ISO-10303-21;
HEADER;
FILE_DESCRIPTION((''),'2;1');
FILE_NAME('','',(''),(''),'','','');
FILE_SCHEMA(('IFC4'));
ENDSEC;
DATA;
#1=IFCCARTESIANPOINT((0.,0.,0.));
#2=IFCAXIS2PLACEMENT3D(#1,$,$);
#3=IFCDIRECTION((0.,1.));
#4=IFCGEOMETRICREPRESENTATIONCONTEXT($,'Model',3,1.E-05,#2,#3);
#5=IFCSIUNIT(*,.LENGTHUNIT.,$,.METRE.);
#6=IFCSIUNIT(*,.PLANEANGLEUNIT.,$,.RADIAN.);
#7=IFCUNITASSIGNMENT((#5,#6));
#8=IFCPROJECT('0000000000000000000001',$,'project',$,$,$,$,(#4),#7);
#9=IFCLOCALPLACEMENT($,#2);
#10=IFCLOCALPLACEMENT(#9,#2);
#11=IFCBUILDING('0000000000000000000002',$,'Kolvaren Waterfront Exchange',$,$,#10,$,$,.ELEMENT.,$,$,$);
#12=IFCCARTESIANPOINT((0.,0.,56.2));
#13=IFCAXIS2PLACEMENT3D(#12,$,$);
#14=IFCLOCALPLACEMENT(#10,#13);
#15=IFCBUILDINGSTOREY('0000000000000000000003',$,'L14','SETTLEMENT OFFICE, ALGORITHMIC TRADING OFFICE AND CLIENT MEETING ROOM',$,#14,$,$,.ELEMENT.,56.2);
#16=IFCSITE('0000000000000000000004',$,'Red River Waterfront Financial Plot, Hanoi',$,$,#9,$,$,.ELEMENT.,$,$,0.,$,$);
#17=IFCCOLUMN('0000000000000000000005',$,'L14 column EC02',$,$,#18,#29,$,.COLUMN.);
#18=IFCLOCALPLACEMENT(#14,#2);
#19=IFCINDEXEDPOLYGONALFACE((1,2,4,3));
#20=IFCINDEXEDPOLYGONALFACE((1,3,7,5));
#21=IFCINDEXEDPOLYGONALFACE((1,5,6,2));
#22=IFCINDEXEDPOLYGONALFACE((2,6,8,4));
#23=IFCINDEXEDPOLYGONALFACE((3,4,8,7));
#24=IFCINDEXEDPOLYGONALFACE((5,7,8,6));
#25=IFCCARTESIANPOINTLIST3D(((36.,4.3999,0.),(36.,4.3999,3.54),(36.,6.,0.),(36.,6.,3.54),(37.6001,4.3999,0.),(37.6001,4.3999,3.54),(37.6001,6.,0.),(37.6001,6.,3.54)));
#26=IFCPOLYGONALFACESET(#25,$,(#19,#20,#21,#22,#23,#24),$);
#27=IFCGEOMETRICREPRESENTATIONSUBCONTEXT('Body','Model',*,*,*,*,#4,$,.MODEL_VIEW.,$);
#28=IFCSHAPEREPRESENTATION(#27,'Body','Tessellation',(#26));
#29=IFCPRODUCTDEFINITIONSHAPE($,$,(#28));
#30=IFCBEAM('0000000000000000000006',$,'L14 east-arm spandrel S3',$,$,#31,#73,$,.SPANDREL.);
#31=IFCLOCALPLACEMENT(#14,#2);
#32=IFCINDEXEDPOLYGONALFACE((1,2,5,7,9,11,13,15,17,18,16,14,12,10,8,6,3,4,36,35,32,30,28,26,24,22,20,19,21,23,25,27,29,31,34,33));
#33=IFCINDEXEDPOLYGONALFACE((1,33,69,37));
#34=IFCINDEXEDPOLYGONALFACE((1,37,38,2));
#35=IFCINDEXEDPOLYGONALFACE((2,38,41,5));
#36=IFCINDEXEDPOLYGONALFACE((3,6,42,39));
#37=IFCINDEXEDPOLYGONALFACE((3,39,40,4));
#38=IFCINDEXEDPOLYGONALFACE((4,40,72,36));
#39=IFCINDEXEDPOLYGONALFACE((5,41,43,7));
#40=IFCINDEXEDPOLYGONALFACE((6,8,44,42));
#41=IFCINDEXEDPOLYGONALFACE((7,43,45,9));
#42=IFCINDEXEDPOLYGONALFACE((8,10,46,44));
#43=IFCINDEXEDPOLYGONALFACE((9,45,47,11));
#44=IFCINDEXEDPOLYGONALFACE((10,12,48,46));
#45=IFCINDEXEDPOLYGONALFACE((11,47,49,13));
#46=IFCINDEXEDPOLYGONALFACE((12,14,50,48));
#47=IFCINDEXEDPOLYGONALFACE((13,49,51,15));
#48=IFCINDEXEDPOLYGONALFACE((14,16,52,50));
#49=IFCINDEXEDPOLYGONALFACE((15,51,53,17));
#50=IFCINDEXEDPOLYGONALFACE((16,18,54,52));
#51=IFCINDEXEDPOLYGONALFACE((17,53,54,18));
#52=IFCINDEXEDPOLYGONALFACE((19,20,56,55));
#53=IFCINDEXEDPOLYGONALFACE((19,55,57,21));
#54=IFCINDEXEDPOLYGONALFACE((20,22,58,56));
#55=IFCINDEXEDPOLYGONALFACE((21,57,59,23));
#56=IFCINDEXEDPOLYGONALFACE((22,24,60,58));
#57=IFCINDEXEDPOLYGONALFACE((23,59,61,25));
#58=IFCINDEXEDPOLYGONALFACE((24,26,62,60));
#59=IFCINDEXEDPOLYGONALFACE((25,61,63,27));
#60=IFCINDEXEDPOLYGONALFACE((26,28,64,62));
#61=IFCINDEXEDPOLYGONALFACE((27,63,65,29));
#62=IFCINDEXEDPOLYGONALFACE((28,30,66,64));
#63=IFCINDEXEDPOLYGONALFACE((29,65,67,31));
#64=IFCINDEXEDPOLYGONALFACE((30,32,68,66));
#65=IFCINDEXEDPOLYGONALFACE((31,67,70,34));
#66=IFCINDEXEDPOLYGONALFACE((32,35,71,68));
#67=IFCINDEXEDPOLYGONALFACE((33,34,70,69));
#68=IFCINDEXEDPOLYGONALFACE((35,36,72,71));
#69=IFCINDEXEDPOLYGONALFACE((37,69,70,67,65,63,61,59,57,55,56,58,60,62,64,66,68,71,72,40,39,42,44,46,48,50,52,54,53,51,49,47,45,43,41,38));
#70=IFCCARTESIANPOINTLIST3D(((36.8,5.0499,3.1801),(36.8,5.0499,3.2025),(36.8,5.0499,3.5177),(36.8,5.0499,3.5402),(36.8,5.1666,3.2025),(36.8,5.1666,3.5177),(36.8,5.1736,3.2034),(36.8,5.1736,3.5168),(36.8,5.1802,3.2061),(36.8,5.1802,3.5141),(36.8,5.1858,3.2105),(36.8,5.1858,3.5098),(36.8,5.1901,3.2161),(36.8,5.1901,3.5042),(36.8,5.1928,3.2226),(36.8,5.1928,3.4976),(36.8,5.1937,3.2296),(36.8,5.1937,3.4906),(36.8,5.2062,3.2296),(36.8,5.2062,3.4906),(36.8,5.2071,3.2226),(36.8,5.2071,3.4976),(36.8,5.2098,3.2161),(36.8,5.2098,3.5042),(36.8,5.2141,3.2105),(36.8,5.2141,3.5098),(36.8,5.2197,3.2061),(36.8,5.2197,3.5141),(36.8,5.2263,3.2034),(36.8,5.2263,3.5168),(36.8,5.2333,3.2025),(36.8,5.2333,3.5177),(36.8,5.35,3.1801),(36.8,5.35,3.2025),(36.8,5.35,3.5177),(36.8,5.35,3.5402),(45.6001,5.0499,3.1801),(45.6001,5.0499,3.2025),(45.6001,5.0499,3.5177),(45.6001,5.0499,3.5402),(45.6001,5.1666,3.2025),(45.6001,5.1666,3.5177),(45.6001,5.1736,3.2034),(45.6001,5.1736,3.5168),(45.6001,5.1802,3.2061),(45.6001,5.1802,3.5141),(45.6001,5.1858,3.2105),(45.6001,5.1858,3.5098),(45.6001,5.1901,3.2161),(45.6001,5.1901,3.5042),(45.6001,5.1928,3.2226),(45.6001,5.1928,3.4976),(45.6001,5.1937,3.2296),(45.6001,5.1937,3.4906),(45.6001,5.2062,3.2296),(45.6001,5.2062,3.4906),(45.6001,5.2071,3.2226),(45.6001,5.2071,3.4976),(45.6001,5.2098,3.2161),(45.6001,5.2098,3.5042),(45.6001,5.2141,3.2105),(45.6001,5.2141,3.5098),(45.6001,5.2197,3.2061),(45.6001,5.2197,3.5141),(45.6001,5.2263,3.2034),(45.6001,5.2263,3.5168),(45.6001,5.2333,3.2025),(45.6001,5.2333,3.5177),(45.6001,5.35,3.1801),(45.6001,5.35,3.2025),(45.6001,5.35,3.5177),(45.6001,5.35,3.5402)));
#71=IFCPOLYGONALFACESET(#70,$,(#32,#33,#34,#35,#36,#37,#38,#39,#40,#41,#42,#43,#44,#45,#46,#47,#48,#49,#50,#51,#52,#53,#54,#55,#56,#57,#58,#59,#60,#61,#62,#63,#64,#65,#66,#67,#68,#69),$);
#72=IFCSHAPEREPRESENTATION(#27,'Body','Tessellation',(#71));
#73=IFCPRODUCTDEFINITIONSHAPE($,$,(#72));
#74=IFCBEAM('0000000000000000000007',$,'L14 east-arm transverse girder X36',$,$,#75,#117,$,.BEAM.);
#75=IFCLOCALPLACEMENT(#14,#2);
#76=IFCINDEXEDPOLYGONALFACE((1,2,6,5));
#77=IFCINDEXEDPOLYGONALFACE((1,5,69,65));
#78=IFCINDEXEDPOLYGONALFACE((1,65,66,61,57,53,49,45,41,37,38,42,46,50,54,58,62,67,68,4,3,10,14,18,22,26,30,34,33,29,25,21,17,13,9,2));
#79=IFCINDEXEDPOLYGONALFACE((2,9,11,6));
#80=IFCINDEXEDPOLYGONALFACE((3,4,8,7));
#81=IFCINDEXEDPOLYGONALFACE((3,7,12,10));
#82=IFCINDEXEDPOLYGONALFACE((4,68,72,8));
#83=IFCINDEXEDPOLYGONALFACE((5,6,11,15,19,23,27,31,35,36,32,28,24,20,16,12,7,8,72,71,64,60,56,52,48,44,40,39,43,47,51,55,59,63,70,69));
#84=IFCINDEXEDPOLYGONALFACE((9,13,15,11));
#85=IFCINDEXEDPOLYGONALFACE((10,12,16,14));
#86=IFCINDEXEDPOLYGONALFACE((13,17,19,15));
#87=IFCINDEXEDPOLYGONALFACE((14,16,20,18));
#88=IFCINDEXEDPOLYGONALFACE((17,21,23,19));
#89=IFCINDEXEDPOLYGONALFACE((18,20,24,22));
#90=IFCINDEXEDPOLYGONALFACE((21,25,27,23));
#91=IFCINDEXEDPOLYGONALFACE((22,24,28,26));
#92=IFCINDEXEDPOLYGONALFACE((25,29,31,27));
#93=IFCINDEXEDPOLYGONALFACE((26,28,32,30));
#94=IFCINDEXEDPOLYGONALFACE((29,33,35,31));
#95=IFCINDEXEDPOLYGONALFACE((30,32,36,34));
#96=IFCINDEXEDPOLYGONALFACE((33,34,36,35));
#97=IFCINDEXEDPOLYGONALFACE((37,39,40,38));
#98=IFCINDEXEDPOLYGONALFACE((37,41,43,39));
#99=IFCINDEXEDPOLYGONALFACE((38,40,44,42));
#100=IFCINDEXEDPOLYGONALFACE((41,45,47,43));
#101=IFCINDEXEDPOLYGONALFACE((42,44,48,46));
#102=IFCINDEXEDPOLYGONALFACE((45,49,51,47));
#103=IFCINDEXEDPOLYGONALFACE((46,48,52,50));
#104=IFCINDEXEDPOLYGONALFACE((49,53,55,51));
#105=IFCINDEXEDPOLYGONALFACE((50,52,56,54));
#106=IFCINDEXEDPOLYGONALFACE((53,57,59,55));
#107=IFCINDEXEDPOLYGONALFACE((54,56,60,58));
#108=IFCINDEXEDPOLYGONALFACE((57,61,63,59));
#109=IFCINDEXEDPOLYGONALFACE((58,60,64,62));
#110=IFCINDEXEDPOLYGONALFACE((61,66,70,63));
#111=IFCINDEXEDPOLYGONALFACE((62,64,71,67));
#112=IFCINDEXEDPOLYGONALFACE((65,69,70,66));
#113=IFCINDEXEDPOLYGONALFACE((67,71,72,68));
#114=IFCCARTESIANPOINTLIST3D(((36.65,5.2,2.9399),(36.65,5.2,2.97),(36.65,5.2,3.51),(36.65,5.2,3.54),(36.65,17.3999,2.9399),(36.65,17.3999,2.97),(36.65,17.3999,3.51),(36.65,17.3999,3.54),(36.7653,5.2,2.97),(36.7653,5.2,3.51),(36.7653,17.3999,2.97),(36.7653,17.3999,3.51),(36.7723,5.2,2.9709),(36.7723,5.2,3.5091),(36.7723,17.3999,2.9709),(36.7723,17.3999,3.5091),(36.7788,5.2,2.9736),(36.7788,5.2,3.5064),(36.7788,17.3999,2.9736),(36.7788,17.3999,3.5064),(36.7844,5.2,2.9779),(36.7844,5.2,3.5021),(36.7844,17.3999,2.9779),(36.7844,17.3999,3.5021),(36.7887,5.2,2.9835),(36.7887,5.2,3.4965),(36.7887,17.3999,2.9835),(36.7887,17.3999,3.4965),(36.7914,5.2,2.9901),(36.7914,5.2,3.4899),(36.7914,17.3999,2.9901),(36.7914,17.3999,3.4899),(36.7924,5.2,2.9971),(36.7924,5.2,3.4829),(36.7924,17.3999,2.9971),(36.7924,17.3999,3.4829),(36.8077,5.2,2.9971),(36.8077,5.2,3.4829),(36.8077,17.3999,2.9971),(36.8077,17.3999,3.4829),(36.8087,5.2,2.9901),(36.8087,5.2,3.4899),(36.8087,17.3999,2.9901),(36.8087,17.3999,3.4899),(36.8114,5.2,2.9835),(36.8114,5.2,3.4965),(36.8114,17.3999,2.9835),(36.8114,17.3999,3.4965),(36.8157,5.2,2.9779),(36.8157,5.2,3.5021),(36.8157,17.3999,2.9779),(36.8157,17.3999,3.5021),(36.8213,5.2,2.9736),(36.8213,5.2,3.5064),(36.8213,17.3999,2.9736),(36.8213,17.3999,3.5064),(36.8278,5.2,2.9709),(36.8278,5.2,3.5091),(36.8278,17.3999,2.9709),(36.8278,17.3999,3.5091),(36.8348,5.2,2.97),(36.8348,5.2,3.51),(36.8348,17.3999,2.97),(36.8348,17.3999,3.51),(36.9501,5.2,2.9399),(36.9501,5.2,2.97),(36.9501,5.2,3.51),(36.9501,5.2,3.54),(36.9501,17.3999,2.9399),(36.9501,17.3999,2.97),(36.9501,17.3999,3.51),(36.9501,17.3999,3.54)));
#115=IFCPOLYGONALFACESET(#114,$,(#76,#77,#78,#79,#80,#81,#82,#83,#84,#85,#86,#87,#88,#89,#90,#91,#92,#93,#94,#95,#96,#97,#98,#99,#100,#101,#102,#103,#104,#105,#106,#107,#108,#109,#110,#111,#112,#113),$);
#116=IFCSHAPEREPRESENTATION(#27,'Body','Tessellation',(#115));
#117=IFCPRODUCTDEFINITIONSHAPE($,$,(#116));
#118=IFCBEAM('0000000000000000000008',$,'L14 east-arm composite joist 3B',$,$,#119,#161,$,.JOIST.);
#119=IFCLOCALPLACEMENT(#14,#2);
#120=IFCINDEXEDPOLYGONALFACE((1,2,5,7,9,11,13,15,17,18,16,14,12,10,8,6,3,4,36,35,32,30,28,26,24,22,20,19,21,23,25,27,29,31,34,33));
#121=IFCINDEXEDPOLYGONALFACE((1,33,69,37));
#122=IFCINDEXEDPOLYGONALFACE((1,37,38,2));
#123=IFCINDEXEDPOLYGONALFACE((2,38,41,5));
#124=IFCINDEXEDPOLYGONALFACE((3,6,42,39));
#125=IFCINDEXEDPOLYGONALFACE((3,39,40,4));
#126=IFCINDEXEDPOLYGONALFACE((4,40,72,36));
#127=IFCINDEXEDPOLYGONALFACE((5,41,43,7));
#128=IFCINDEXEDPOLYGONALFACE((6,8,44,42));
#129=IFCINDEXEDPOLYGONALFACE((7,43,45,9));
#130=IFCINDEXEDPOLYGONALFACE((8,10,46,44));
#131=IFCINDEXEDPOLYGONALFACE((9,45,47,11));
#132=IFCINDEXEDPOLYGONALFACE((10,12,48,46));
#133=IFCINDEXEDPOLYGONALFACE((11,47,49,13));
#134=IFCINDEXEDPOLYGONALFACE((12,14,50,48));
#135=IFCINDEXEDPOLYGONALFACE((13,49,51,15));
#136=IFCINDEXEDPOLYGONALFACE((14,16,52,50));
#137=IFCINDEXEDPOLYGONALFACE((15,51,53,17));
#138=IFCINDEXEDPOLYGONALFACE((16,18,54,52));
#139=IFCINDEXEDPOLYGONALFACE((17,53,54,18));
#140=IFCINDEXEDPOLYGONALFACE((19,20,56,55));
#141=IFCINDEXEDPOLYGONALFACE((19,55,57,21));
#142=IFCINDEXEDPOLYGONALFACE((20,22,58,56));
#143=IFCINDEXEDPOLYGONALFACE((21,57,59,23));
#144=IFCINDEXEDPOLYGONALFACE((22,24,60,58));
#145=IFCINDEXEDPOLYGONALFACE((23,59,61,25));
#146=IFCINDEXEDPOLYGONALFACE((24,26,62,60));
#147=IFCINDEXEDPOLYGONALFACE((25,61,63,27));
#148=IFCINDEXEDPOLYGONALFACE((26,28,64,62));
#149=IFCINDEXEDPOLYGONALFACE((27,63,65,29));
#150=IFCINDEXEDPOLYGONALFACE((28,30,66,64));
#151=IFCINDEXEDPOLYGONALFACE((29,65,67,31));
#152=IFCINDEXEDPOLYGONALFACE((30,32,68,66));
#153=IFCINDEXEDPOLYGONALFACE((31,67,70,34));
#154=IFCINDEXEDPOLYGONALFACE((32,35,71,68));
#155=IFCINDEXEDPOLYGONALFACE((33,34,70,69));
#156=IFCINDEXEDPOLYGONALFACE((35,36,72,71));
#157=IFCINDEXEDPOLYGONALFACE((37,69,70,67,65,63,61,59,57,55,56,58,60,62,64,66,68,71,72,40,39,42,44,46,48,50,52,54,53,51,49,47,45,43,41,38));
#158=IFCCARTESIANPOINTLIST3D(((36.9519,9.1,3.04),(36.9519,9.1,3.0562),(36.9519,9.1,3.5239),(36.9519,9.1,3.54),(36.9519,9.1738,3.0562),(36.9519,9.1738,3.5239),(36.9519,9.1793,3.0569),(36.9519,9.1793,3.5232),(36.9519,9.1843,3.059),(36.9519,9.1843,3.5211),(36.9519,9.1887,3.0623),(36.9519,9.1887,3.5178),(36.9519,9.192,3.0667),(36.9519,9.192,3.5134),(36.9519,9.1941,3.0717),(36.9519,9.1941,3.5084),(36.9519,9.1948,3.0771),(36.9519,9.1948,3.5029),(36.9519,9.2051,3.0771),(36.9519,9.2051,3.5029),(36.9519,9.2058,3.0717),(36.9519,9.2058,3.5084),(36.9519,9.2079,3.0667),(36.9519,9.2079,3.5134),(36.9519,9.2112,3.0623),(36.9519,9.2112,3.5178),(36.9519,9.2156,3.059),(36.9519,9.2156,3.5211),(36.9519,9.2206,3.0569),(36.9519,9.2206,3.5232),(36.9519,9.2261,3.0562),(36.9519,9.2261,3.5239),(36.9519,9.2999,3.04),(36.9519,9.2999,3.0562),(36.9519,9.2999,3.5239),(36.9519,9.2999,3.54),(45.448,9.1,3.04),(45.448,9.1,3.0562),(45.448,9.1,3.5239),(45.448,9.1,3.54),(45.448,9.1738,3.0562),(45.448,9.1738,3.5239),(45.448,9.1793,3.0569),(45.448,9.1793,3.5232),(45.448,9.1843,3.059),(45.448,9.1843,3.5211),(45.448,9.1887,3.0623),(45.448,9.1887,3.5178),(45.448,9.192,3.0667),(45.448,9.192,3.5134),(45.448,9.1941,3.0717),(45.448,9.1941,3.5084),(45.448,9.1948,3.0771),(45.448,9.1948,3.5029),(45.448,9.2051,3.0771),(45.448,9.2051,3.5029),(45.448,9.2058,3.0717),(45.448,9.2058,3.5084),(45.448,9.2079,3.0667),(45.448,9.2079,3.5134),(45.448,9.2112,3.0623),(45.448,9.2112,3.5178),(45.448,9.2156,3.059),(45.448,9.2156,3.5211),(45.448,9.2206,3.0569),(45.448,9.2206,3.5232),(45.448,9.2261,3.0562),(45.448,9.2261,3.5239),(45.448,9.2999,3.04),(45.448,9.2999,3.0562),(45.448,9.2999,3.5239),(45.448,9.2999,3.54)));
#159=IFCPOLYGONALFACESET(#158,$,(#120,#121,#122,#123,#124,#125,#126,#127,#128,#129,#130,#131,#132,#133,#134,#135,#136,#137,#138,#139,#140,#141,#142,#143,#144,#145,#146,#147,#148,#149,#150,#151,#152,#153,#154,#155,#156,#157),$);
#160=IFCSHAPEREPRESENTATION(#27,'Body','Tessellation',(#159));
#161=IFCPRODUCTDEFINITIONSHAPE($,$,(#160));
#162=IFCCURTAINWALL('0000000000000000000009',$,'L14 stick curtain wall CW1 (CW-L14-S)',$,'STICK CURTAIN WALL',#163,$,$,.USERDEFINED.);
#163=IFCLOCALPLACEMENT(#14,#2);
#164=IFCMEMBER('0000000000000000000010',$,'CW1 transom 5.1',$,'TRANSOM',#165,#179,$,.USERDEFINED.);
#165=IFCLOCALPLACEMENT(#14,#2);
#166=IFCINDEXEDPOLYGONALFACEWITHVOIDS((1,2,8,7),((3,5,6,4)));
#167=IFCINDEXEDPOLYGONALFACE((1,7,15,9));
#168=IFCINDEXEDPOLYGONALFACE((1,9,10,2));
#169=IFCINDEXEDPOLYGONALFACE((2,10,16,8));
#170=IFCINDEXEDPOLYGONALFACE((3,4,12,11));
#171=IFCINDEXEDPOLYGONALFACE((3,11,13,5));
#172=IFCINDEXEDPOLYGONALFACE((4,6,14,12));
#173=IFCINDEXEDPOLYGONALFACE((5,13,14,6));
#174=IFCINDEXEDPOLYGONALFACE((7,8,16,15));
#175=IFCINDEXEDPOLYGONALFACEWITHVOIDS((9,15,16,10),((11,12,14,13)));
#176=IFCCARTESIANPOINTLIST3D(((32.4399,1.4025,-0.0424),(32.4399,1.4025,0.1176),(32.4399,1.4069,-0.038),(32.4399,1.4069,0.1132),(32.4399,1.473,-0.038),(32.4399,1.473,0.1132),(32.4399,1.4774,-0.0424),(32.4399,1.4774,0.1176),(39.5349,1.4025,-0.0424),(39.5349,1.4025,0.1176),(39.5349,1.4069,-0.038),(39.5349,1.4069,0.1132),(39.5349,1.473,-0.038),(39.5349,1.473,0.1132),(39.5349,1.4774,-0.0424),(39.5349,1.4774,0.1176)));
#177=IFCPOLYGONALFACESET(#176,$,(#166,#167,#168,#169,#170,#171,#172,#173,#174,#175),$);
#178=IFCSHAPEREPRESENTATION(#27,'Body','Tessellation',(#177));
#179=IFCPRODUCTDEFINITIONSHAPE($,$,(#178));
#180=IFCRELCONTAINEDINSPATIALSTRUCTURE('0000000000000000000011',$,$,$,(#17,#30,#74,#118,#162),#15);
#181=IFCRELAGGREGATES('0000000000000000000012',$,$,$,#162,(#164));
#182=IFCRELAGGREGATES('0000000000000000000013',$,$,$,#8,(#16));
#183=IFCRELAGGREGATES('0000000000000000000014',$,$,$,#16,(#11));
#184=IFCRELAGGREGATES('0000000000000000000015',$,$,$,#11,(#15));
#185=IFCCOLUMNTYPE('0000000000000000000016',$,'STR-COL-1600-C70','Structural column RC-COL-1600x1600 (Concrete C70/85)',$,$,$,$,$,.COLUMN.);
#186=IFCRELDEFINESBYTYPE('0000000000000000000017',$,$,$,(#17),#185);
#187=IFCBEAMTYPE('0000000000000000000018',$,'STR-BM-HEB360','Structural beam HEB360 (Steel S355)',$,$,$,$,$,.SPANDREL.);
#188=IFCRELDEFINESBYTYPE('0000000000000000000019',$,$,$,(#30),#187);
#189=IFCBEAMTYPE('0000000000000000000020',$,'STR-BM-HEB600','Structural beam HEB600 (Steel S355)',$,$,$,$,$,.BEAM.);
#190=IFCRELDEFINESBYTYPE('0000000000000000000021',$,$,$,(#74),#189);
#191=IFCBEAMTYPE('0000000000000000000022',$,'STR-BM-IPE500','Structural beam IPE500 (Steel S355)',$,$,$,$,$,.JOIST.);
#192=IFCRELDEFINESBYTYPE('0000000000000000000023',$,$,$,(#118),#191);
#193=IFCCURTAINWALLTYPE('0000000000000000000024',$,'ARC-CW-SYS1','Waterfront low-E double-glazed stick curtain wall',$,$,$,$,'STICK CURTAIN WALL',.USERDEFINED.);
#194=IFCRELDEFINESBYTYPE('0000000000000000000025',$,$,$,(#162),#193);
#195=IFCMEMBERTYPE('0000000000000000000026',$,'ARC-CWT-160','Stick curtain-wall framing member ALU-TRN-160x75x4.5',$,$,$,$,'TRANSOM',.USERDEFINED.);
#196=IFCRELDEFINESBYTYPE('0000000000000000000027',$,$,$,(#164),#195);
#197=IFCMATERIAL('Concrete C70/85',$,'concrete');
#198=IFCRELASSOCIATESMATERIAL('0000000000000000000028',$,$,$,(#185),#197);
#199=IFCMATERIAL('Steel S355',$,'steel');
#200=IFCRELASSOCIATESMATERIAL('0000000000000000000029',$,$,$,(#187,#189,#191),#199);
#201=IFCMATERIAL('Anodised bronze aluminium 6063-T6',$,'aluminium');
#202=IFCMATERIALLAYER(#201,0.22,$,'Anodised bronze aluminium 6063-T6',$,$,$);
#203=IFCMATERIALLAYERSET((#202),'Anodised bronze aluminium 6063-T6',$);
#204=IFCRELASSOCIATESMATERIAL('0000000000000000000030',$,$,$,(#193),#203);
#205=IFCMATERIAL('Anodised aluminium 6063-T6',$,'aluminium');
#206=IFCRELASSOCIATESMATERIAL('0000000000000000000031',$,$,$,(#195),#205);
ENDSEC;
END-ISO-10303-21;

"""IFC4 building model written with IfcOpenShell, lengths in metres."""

from ifc_helpers import new_model, si_unit, direction, frame, origin, origin_with_axes, origin_2d, place, context, subcontext, project, spatial, rectangle, hollow_rectangle, i_section, extrude, source, transform, mapped, material, layer, layer_set, material_profile, profile_set, type_object, element, aggregate, save


model = new_model("IFC4")

# Units and contexts
model_context = context("Model", 3, precision=1e-05, world=origin(), true_north=direction((0.0, 1.0)))
body_context = subcontext(model_context, "Body", "Model", "MODEL_VIEW")
ifc_project = project(units=[si_unit("LENGTHUNIT", "METRE"), si_unit("PLANEANGLEUNIT", "RADIAN")], contexts=[model_context])

# Site, building, storey
site_placement = place(None, origin())
site = spatial("IfcSite", under=ifc_project, at=site_placement, Name="Red River Waterfront Financial Plot, Hanoi", CompositionType="ELEMENT", RefElevation=0.0)
building_placement = place(site_placement, origin())
building = spatial("IfcBuilding", under=site, at=building_placement, Name="Kolvaren Waterfront Exchange", CompositionType="ELEMENT")
storey_placement = place(building_placement, frame((0.0, 0.0, 56.2)))
storey = spatial("IfcBuildingStorey", under=building, at=storey_placement, Name="L14", Description="SETTLEMENT OFFICE, ALGORITHMIC TRADING OFFICE AND CLIENT MEETING ROOM", CompositionType="ELEMENT", Elevation=56.2)

# Column
ifc_material_1 = material(Name="Concrete C70/85", Category="concrete")
ifc_material_profile_1 = material_profile(ifc_material_1, rectangle(XDim=1.6001, YDim=1.6001, at=origin_2d()), Name="RC-COL-1600x1600")
ifc_profile_set_1 = profile_set([ifc_material_profile_1], Name="Concrete C70/85")
column_type = type_object("IfcColumnType", Name="STR-COL-1600-C70", Description="Structural column RC-COL-1600x1600 (Concrete C70/85)", PredefinedType="COLUMN", material=ifc_profile_set_1)
column_placement = place(storey_placement, frame((36.8, 5.2, 0.0), z_axis=(0.0, 0.0, 1.0), x_axis=(1.0, 0.0, 0.0)))
element("IfcColumn", 1, at=column_placement, inside=storey, type_object=column_type, Name="L14 column EC02", PredefinedType="COLUMN", context=body_context, shape_type="SweptSolid", body=[
    extrude(rectangle(XDim=1.6001, YDim=1.6001, at=origin_2d()), origin(), (0.0, 0.0, 1.0), 3.54),
])

# Beams
ifc_material_2 = material(Name="Steel S355", Category="steel")
ifc_material_profile_2 = material_profile(ifc_material_2, i_section(OverallWidth=0.3, OverallDepth=0.3601, WebThickness=0.0125, FlangeThickness=0.0225, FilletRadius=0.0271, at=origin_2d()), Name="HEB360")
ifc_profile_set_2 = profile_set([ifc_material_profile_2], Name="Steel S355")
beam_type_1 = type_object("IfcBeamType", Name="STR-BM-HEB360", Description="Structural beam HEB360 (Steel S355)", PredefinedType="SPANDREL", material=ifc_profile_set_2)
beam_1_placement = place(storey_placement, frame((36.8, 5.2, 3.3601), z_axis=(1.0, 0.0, 0.0), x_axis=(0.0, 1.0, 0.0)))
element("IfcBeam", 2, at=beam_1_placement, inside=storey, type_object=beam_type_1, Name="L14 east-arm spandrel S3", PredefinedType="SPANDREL", context=body_context, shape_type="SweptSolid", body=[
    extrude(i_section(OverallWidth=0.3, OverallDepth=0.3601, WebThickness=0.0125, FlangeThickness=0.0225, FilletRadius=0.0271, at=origin_2d()), origin(), (0.0, 0.0, 1.0), 8.8),
])
ifc_material_profile_3 = material_profile(ifc_material_2, i_section(OverallWidth=0.3, OverallDepth=0.6001, WebThickness=0.0154, FlangeThickness=0.03, FilletRadius=0.0271, at=origin_2d()), Name="HEB600")
ifc_profile_set_3 = profile_set([ifc_material_profile_3], Name="Steel S355")
beam_type_2 = type_object("IfcBeamType", Name="STR-BM-HEB600", Description="Structural beam HEB600 (Steel S355)", PredefinedType="BEAM", material=ifc_profile_set_3)
beam_2_placement = place(storey_placement, frame((36.8, 5.2, 3.24), z_axis=(0.0, 1.0, 0.0), x_axis=(-1.0, 0.0, 0.0)))
element("IfcBeam", 3, at=beam_2_placement, inside=storey, type_object=beam_type_2, Name="L14 east-arm transverse girder X36", PredefinedType="BEAM", context=body_context, shape_type="SweptSolid", body=[
    extrude(i_section(OverallWidth=0.3, OverallDepth=0.6001, WebThickness=0.0154, FlangeThickness=0.03, FilletRadius=0.0271, at=origin_2d()), origin(), (0.0, 0.0, 1.0), 12.2),
])
ifc_material_profile_4 = material_profile(ifc_material_2, i_section(OverallWidth=0.2, OverallDepth=0.5, WebThickness=0.0103, FlangeThickness=0.0161, FilletRadius=0.021, at=origin_2d()), Name="IPE500")
ifc_profile_set_4 = profile_set([ifc_material_profile_4], Name="Steel S355")
beam_type_3 = type_object("IfcBeamType", Name="STR-BM-IPE500", Description="Structural beam IPE500 (Steel S355)", PredefinedType="JOIST", material=ifc_profile_set_4)
beam_3_placement = place(storey_placement, frame((36.9519, 9.2, 3.29), z_axis=(1.0, 0.0, 0.0), x_axis=(0.0, 1.0, 0.0)))
element("IfcBeam", 4, at=beam_3_placement, inside=storey, type_object=beam_type_3, Name="L14 east-arm composite joist 3B", PredefinedType="JOIST", context=body_context, shape_type="SweptSolid", body=[
    extrude(i_section(OverallWidth=0.2, OverallDepth=0.5, WebThickness=0.0103, FlangeThickness=0.0161, FilletRadius=0.021, at=origin_2d()), origin(), (0.0, 0.0, 1.0), 8.4961),
])

# Curtain wall, member
ifc_material_3 = material(Name="Anodised bronze aluminium 6063-T6", Category="aluminium")
ifc_layer_1 = layer(ifc_material_3, 0.22, Name="Anodised bronze aluminium 6063-T6")
ifc_layer_set_1 = layer_set([ifc_layer_1], Name="Anodised bronze aluminium 6063-T6")
curtain_wall_type_1 = type_object("IfcCurtainWallType", Name="ARC-CW-SYS1", Description="Waterfront low-E double-glazed stick curtain wall", ElementType="STICK CURTAIN WALL", PredefinedType="USERDEFINED", material=ifc_layer_set_1)
curtain_wall_1_placement = place(storey_placement, origin())
curtain_wall_1 = element("IfcCurtainWall", 5, at=curtain_wall_1_placement, inside=storey, type_object=curtain_wall_type_1, Name="L14 stick curtain wall CW1 (CW-L14-S)", ObjectType="STICK CURTAIN WALL", PredefinedType="USERDEFINED")
ifc_material_4 = material(Name="Anodised aluminium 6063-T6", Category="aluminium")
ifc_material_profile_5 = material_profile(ifc_material_4, hollow_rectangle(XDim=0.075, YDim=0.1599, WallThickness=0.0044, at=origin_2d()), Name="ALU-TRN-160x75x4.5")
ifc_profile_set_5 = profile_set([ifc_material_profile_5], Name="Anodised aluminium 6063-T6")
member_type_1 = type_object("IfcMemberType", Name="ARC-CWT-160", Description="Stick curtain-wall framing member ALU-TRN-160x75x4.5", ElementType="TRANSOM", PredefinedType="USERDEFINED", material=ifc_profile_set_5)
shared_shape_1 = source(origin_with_axes(), body_context, "Body", "SweptSolid", [
    extrude(hollow_rectangle(XDim=0.075, YDim=0.1599, WallThickness=0.0044, at=origin_2d()), origin(), (0.0, 0.0, 1.0), 7.095),
])
member_1_placement = place(storey_placement, frame((32.4399, 1.4399, 0.0376), z_axis=(1.0, 0.0, 0.0), x_axis=(0.0, 1.0, 0.0)))
member_1 = element("IfcMember", 6, at=member_1_placement, type_object=member_type_1, Name="CW1 transom 5.1", ObjectType="TRANSOM", PredefinedType="USERDEFINED", context=body_context, shape_type="MappedRepresentation", body=[
    mapped(shared_shape_1, transform((0.0, 0.0, 0.0), x_axis=(1.0, 0.0, 0.0), y_axis=(0.0, 1.0, 0.0), z_axis=(0.0, 0.0, 1.0), scale=1.0)),
])

aggregate(curtain_wall_1, [member_1])

save(model, "model.ifc")
